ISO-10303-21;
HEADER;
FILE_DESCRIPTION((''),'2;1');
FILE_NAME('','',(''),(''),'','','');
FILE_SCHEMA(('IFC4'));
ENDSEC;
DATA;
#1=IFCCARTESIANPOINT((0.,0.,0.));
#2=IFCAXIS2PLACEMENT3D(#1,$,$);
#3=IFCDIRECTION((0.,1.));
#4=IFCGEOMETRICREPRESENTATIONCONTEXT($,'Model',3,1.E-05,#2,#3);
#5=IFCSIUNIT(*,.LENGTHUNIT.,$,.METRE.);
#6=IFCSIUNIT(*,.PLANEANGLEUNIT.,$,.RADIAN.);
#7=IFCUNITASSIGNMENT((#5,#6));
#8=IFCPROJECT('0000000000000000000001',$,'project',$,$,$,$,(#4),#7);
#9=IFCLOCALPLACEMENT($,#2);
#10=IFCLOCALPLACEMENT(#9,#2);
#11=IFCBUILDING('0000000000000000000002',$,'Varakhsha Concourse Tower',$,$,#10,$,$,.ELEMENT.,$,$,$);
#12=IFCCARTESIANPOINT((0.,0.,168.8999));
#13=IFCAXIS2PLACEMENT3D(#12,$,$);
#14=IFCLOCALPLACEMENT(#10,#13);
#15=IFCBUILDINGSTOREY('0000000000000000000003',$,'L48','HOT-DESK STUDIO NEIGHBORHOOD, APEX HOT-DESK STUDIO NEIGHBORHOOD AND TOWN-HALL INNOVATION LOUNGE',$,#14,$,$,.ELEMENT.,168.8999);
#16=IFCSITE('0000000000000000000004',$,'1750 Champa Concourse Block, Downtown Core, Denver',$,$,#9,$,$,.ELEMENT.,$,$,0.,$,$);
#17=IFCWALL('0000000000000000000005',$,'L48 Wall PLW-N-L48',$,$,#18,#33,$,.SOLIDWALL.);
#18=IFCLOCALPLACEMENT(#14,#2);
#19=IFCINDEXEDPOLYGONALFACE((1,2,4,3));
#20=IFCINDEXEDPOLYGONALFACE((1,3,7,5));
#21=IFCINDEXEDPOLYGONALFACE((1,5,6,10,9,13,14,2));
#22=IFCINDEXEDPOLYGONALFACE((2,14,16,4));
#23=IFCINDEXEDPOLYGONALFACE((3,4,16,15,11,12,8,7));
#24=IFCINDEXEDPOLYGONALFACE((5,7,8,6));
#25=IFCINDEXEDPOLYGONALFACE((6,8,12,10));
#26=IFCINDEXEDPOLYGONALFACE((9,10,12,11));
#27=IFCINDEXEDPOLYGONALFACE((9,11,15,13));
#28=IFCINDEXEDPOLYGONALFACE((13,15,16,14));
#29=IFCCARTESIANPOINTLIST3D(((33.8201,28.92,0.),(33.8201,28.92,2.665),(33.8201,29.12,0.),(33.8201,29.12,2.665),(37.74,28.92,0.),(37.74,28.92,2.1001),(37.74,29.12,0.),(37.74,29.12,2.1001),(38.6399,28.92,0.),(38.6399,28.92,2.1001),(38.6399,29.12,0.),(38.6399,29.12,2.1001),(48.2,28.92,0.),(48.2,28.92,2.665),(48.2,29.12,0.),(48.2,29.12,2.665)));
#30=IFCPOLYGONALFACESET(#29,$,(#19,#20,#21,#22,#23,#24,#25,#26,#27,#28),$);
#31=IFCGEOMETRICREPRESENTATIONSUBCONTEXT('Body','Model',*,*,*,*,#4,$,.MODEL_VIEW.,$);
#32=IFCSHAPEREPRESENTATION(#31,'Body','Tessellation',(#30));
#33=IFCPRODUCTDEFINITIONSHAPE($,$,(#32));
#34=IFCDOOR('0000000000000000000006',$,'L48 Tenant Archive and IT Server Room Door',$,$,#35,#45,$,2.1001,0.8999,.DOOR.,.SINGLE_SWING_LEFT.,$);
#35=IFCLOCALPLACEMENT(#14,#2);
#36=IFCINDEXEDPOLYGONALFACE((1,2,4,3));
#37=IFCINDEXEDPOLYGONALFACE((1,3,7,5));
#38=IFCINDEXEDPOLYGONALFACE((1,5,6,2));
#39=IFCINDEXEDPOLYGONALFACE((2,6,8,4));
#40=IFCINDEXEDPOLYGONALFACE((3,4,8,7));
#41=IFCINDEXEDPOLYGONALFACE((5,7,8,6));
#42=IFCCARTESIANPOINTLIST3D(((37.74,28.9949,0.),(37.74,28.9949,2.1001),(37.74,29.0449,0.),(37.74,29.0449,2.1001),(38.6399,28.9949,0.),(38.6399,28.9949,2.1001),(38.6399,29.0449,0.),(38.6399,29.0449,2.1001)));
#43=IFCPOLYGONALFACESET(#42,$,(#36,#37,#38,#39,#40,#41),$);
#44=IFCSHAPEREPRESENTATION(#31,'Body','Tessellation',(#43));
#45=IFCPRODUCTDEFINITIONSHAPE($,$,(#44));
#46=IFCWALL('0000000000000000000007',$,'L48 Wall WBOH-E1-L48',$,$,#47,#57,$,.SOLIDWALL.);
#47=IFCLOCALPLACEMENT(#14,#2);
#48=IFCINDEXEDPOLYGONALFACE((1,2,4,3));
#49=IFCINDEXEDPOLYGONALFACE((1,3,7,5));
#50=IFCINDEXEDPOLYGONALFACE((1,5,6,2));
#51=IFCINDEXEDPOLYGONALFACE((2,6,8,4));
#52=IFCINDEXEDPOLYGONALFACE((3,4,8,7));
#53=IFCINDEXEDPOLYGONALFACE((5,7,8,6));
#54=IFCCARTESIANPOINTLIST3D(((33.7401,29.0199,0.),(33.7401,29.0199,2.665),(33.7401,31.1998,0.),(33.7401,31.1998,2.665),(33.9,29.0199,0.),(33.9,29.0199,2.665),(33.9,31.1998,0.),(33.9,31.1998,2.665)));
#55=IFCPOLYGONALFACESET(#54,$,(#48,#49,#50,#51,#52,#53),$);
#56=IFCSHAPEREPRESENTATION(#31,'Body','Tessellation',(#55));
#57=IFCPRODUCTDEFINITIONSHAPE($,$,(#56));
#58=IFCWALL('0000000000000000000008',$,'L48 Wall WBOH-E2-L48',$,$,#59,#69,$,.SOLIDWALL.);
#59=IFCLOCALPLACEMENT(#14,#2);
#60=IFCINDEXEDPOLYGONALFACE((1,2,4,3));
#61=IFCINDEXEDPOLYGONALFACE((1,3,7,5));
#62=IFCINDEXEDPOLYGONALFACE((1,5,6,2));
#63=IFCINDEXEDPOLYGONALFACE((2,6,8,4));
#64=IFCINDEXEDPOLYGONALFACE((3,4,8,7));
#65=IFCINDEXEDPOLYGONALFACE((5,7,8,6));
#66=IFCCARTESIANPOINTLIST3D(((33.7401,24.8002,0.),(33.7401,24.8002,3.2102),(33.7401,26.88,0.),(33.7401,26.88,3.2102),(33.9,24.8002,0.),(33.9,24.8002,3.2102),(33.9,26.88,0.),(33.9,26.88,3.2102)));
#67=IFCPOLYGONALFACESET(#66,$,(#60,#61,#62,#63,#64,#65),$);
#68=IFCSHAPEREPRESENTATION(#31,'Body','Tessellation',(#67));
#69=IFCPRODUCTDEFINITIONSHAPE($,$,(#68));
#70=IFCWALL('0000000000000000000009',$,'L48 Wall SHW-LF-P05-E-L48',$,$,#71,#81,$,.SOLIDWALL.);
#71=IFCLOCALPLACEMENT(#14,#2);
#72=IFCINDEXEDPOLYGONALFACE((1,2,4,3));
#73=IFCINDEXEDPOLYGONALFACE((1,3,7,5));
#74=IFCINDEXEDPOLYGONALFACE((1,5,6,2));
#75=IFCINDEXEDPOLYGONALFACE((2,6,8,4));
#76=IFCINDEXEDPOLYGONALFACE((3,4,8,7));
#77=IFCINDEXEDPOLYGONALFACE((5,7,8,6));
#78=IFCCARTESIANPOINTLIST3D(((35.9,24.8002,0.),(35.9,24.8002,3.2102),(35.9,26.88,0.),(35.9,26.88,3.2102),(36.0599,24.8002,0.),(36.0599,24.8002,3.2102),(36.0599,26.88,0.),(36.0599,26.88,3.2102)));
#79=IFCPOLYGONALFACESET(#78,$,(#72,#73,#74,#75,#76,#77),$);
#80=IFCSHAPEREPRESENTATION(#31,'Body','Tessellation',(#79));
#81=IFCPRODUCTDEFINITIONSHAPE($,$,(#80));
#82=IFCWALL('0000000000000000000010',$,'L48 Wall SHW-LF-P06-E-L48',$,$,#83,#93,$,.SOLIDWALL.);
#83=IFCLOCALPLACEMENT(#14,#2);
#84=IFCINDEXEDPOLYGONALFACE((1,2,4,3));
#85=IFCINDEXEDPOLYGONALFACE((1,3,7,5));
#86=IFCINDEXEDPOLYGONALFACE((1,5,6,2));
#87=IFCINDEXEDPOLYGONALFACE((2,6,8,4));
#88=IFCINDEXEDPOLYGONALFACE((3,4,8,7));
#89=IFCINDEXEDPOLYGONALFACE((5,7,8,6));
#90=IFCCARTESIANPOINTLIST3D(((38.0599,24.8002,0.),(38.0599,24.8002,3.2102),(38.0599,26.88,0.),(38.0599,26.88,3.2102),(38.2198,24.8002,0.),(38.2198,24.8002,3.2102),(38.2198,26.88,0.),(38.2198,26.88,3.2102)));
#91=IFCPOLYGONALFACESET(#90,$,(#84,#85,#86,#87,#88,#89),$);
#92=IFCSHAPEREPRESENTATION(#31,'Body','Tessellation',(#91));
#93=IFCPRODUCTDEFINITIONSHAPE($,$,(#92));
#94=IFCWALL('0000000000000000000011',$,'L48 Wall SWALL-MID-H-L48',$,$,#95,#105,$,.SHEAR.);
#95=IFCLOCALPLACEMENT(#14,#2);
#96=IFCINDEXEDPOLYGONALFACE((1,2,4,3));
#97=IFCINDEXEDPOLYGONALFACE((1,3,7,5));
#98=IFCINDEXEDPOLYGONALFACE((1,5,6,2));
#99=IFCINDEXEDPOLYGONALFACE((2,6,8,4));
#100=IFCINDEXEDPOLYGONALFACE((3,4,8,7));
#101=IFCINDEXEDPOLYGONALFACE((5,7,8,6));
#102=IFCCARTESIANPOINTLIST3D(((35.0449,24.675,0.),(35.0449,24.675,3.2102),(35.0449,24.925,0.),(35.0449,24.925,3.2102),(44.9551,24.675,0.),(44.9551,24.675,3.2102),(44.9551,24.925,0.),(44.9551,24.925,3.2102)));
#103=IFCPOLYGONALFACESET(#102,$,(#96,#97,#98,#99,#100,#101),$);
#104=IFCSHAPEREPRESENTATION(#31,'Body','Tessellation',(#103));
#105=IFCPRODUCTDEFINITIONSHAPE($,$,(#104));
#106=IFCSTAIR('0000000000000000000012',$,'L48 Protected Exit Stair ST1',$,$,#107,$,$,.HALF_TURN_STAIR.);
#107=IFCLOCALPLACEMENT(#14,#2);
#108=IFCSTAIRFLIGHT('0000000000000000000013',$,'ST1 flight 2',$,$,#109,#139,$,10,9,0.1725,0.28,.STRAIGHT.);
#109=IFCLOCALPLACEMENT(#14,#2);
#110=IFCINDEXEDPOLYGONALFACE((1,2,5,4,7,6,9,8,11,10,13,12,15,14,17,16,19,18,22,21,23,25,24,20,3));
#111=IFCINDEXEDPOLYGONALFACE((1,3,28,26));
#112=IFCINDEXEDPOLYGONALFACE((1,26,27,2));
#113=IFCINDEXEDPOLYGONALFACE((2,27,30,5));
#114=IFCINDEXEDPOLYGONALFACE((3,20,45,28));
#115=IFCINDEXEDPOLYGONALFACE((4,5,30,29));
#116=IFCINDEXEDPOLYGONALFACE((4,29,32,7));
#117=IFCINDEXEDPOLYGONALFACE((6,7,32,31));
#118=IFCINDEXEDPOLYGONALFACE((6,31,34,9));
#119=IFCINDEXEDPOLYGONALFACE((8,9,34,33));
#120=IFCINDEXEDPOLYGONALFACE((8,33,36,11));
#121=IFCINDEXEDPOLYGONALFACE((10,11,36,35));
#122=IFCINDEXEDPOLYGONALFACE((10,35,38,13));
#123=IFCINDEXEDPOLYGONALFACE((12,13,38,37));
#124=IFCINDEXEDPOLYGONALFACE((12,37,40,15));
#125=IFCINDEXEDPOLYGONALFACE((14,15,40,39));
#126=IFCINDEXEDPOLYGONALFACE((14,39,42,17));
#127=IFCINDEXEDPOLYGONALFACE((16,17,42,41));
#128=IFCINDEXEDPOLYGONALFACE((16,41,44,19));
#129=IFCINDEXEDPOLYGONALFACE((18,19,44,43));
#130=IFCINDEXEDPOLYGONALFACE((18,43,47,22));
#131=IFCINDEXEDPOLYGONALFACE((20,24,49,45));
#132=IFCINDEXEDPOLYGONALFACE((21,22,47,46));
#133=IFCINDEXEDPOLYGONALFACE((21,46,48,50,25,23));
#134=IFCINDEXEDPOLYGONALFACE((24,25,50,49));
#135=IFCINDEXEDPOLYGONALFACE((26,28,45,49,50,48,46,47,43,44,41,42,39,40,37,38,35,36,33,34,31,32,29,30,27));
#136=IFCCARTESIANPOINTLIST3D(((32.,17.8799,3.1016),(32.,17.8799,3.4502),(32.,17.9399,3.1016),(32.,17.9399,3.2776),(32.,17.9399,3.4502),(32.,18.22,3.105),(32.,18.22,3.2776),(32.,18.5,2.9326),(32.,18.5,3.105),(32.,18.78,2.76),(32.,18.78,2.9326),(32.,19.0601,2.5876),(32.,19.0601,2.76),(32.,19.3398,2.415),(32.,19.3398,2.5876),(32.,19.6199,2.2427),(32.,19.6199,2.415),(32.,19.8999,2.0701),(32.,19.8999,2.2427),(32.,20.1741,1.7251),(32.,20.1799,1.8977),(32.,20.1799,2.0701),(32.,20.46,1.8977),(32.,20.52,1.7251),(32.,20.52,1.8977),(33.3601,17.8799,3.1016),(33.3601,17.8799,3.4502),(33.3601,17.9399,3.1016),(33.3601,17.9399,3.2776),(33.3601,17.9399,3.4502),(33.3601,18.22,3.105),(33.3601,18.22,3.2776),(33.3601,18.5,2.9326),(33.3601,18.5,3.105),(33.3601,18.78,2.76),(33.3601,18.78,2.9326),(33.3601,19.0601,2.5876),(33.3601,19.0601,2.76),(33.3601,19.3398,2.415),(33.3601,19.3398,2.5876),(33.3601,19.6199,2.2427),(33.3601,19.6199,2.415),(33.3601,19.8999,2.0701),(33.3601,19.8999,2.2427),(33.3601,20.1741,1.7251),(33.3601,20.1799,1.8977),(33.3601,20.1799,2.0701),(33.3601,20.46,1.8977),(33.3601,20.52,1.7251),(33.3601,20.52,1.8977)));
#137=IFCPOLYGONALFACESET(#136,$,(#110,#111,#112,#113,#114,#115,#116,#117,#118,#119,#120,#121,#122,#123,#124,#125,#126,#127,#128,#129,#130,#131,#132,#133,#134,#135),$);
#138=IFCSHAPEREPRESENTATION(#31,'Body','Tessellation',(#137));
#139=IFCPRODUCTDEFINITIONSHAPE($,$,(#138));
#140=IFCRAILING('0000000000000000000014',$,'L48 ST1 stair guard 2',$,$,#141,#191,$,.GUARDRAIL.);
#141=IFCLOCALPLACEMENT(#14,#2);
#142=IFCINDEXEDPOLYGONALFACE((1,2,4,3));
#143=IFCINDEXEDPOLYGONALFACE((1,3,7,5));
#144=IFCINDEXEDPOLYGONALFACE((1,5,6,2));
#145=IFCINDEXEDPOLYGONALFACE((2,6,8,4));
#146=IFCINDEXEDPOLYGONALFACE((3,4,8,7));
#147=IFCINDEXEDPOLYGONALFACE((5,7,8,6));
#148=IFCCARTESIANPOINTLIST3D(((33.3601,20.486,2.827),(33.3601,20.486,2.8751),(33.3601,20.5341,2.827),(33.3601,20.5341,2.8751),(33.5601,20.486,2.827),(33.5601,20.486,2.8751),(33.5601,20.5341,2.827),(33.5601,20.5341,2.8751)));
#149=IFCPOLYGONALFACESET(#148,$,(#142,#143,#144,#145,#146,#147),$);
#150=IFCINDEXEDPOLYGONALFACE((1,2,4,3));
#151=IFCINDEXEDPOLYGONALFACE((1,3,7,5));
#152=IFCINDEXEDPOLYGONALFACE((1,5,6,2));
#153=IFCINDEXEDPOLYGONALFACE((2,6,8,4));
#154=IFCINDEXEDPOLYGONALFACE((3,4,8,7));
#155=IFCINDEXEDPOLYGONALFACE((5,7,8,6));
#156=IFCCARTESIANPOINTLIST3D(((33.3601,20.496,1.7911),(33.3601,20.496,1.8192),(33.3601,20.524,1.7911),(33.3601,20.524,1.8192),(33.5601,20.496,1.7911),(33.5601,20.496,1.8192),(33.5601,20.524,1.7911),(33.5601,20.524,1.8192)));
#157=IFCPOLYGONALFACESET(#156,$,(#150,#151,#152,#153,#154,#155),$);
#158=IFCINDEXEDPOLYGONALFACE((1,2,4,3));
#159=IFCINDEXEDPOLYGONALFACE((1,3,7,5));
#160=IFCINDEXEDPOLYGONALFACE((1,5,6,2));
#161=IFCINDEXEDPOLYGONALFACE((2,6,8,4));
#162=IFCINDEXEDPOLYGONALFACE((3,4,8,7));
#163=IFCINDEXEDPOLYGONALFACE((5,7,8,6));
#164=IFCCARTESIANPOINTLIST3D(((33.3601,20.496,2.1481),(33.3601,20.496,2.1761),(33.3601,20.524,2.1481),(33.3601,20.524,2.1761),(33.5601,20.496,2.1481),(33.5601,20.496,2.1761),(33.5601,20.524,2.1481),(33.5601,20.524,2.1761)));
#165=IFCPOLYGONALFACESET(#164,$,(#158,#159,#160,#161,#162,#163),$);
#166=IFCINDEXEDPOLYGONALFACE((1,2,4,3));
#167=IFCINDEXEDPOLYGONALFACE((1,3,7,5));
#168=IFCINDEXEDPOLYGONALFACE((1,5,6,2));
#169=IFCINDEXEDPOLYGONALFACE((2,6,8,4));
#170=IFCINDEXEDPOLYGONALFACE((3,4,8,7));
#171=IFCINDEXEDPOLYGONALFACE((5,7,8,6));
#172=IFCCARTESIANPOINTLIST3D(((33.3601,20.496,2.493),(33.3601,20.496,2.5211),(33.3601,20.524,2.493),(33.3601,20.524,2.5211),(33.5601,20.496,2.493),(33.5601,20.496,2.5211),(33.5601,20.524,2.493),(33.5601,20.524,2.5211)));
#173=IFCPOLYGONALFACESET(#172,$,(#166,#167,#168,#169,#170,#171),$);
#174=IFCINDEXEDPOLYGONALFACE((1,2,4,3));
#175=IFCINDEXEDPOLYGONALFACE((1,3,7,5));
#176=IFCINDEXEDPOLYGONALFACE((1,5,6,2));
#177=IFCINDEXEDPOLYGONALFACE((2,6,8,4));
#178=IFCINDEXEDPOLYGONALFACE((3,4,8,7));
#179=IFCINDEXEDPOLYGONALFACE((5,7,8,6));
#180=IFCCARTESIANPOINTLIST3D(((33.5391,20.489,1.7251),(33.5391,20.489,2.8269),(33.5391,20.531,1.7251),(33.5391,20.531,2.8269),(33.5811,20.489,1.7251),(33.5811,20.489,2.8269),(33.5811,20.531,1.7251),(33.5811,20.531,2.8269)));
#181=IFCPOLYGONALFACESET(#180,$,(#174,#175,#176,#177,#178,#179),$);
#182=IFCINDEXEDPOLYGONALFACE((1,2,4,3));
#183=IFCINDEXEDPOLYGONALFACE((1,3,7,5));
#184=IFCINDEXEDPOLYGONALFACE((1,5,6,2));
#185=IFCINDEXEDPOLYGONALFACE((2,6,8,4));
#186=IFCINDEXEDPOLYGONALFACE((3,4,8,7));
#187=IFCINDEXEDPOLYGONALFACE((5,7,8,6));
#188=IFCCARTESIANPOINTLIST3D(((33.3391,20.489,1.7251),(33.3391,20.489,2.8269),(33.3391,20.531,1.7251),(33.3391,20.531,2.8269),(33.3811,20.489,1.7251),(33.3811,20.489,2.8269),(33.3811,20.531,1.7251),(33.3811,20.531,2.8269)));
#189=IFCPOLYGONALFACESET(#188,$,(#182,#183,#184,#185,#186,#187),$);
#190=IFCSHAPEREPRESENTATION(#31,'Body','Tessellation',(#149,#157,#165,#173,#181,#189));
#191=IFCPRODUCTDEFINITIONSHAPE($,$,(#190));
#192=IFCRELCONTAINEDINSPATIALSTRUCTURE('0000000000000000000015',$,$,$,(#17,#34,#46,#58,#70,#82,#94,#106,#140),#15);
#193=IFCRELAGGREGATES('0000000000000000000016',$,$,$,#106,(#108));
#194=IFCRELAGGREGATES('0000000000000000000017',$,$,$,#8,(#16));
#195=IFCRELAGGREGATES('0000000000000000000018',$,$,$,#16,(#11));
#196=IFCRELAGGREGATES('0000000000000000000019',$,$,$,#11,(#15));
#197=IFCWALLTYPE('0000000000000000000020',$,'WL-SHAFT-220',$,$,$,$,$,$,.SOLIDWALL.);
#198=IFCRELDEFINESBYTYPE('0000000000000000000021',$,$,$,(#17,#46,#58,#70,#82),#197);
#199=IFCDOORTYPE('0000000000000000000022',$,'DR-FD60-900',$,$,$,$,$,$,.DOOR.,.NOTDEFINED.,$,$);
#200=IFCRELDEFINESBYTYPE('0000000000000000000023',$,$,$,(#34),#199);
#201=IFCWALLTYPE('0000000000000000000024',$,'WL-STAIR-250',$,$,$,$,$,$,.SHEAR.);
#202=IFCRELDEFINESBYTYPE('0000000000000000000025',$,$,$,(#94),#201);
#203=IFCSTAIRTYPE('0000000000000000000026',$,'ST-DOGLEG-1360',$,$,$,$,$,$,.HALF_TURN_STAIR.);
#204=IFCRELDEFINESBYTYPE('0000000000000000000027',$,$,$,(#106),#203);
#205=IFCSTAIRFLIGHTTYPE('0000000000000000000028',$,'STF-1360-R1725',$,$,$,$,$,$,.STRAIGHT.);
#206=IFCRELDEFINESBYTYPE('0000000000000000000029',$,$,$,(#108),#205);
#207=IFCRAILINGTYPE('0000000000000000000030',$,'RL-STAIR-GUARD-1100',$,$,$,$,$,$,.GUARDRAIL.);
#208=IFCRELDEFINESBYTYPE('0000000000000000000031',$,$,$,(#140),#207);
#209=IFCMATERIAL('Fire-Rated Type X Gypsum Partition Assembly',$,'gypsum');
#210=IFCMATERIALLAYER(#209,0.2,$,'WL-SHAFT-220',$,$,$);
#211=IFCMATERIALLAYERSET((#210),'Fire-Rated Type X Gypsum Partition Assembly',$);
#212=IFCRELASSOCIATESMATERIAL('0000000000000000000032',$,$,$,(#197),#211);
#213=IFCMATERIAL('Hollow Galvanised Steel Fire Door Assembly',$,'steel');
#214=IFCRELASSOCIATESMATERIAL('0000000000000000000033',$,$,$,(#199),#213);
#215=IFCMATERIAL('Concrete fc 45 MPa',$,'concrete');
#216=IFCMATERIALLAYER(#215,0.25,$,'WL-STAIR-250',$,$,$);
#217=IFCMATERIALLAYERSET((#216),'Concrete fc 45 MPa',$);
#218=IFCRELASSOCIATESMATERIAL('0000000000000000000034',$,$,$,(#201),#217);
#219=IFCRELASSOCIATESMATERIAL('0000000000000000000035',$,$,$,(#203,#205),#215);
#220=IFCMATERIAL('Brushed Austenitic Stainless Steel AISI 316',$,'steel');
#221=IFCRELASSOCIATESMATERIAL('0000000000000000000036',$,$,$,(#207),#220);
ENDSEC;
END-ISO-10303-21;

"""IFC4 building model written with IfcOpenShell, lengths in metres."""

from ifc_helpers import new_model, si_unit, direction, frame, frame_2d, origin, origin_2d, place, context, subcontext, project, spatial, polyline, rectangle, outline, extrude, material, layer, layer_set, type_object, element, fill, aggregate, save


model = new_model("IFC4")

# Units and contexts
model_context = context("Model", 3, precision=1e-05, world=origin(), true_north=direction((0.0, 1.0)))
body_context = subcontext(model_context, "Body", "Model", "MODEL_VIEW")
ifc_project = project(units=[si_unit("LENGTHUNIT", "METRE"), si_unit("PLANEANGLEUNIT", "RADIAN")], contexts=[model_context])

# Site, building, storey
site_placement = place(None, origin())
site = spatial("IfcSite", under=ifc_project, at=site_placement, Name="1750 Champa Concourse Block, Downtown Core, Denver", CompositionType="ELEMENT", RefElevation=0.0)
building_placement = place(site_placement, origin())
building = spatial("IfcBuilding", under=site, at=building_placement, Name="Varakhsha Concourse Tower", CompositionType="ELEMENT")
storey_placement = place(building_placement, frame((0.0, 0.0, 168.8999)))
storey = spatial("IfcBuildingStorey", under=building, at=storey_placement, Name="L48", Description="HOT-DESK STUDIO NEIGHBORHOOD, APEX HOT-DESK STUDIO NEIGHBORHOOD AND TOWN-HALL INNOVATION LOUNGE", CompositionType="ELEMENT", Elevation=168.8999)

# Shared definitions
ifc_material_1 = material(Name="Fire-Rated Type X Gypsum Partition Assembly", Category="gypsum")
ifc_material_2 = material(Name="Hollow Galvanised Steel Fire Door Assembly", Category="steel")
ifc_layer_1 = layer(ifc_material_1, 0.2, Name="WL-SHAFT-220")
ifc_layer_set_1 = layer_set([ifc_layer_1], Name="Fire-Rated Type X Gypsum Partition Assembly")
wall_type_1 = type_object("IfcWallType", Name="WL-SHAFT-220", PredefinedType="SOLIDWALL", material=ifc_layer_set_1)
ifc_material_3 = material(Name="Brushed Austenitic Stainless Steel AISI 316", Category="steel")

# Wall, opening, door
wall_1_placement = place(storey_placement, frame((33.8201, 29.02, 0.0), z_axis=(0.0, 0.0, 1.0), x_axis=(1.0, 0.0, 0.0)))
wall_1 = element("IfcWall", 1, at=wall_1_placement, inside=storey, type_object=wall_type_1, Name="L48 Wall PLW-N-L48", PredefinedType="SOLIDWALL", context=body_context, shape_type="SweptSolid", body=[
    extrude(rectangle(XDim=14.3799, YDim=0.2, at=frame_2d((7.1899, 0.0))), origin(), (0.0, 0.0, 1.0), 2.665),
])
opening_1_placement = place(wall_1_placement, frame((3.9199, 0.0, 0.0)))
opening_1 = element("IfcOpeningElement", 2, at=opening_1_placement, cuts=wall_1, PredefinedType="OPENING", context=body_context, shape_type="SweptSolid", body=[
    extrude(rectangle(XDim=0.8999, YDim=2.1001, at=frame_2d((0.45, 1.05))), frame((0.0, 0.1099, 0.0), z_axis=(0.0, -1.0, 0.0), x_axis=(1.0, 0.0, 0.0)), (0.0, 0.0, 1.0), 0.22),
])
door_type_1 = type_object("IfcDoorType", Name="DR-FD60-900", OperationType="NOTDEFINED", PredefinedType="DOOR", material=ifc_material_2)
door_1_placement = place(opening_1_placement, origin())
door_1 = element("IfcDoor", 3, at=door_1_placement, inside=storey, type_object=door_type_1, Name="L48 Tenant Archive and IT Server Room Door", OperationType="SINGLE_SWING_LEFT", OverallHeight=2.1001, OverallWidth=0.8999, PredefinedType="DOOR", context=body_context, shape_type="SweptSolid", body=[
    extrude(rectangle(XDim=0.8999, YDim=2.1001, at=frame_2d((0.45, 1.05))), frame((0.0, 0.0249, 0.0), z_axis=(0.0, -1.0, 0.0), x_axis=(1.0, 0.0, 0.0)), (0.0, 0.0, 1.0), 0.05),
])
fill(opening_1, door_1)

# Walls
wall_2_placement = place(storey_placement, frame((33.8201, 29.02, 0.0), z_axis=(0.0, 0.0, 1.0), x_axis=(0.0, 1.0, 0.0)))
element("IfcWall", 4, at=wall_2_placement, inside=storey, type_object=wall_type_1, Name="L48 Wall WBOH-E1-L48", PredefinedType="SOLIDWALL", context=body_context, shape_type="SweptSolid", body=[
    extrude(rectangle(XDim=2.1799, YDim=0.1599, at=frame_2d((1.0898, 0.0))), origin(), (0.0, 0.0, 1.0), 2.665),
])
for number, where, z_axis, x_axis, name in (
    (5, (33.8201, 24.8, 0.0), (0.0, 0.0, 1.0), (0.0, 1.0, 0.0), "L48 Wall WBOH-E2-L48"),
    (6, (35.98, 24.8, 0.0), (0.0, 0.0, 1.0), (0.0, 1.0, 0.0), "L48 Wall SHW-LF-P05-E-L48"),
    (7, (38.1399, 24.8, 0.0), (0.0, 0.0, 1.0), (0.0, 1.0, 0.0), "L48 Wall SHW-LF-P06-E-L48"),
):
    element("IfcWall", number, at=place(storey_placement, frame(where, z_axis=z_axis, x_axis=x_axis)), inside=storey, type_object=wall_type_1, Name=name, PredefinedType="SOLIDWALL", context=body_context, shape_type="SweptSolid", body=[
        extrude(rectangle(XDim=2.0798, YDim=0.1599, at=frame_2d((1.04, 0.0))), origin(), (0.0, 0.0, 1.0), 3.2102),
    ])
ifc_material_4 = material(Name="Concrete fc 45 MPa", Category="concrete")
ifc_layer_2 = layer(ifc_material_4, 0.25, Name="WL-STAIR-250")
ifc_layer_set_2 = layer_set([ifc_layer_2], Name="Concrete fc 45 MPa")
wall_type_2 = type_object("IfcWallType", Name="WL-STAIR-250", PredefinedType="SHEAR", material=ifc_layer_set_2)
wall_3_placement = place(storey_placement, frame((35.0449, 24.8, 0.0), z_axis=(0.0, 0.0, 1.0), x_axis=(1.0, 0.0, 0.0)))
element("IfcWall", 8, at=wall_3_placement, inside=storey, type_object=wall_type_2, Name="L48 Wall SWALL-MID-H-L48", PredefinedType="SHEAR", context=body_context, shape_type="SweptSolid", body=[
    extrude(rectangle(XDim=9.9102, YDim=0.25, at=frame_2d((4.9551, 0.0))), origin(), (0.0, 0.0, 1.0), 3.2102),
])

# Stair, stair flight
stair_type = type_object("IfcStairType", Name="ST-DOGLEG-1360", PredefinedType="HALF_TURN_STAIR", material=ifc_material_4)
stair_placement = place(storey_placement, origin())
stair = element("IfcStair", 9, at=stair_placement, inside=storey, type_object=stair_type, Name="L48 Protected Exit Stair ST1", PredefinedType="HALF_TURN_STAIR")
stair_flight_type = type_object("IfcStairFlightType", Name="STF-1360-R1725", PredefinedType="STRAIGHT", material=ifc_material_4)
stair_flight_placement = place(storey_placement, frame((32.6799, 20.46, 1.7251), z_axis=(0.0, 0.0, 1.0), x_axis=(0.0, -1.0, 0.0)))
stair_flight = element("IfcStairFlight", 10, at=stair_flight_placement, type_object=stair_flight_type, Name="ST1 flight 2", NumberOfRisers=10, NumberOfTreads=9, PredefinedType="STRAIGHT", RiserHeight=0.1725, TreadLength=0.28, context=body_context, shape_type="SweptSolid", body=[
    extrude(outline(polyline([(-0.0601, 0.0), (-0.0601, 0.1726), (0.0, 0.1726), (0.28, 0.1726), (0.28, 0.345), (0.5601, 0.345), (0.5601, 0.5176), (0.8401, 0.5176), (0.8401, 0.6899), (1.1201, 0.6899), (1.1201, 0.8625), (1.3999, 0.8625), (1.3999, 1.0349), (1.6799, 1.0349), (1.6799, 1.2075), (1.96, 1.2075), (1.96, 1.3799), (2.24, 1.3799), (2.24, 1.5525), (2.52, 1.5525), (2.52, 1.7251), (2.5801, 1.7251), (2.5801, 1.3765), (2.52, 1.3765), (0.2859, 0.0), (-0.0601, 0.0)])), frame((0.0, 0.6802, 0.0), z_axis=(0.0, -1.0, 0.0), x_axis=(1.0, 0.0, 0.0)), (0.0, 0.0, 1.0), 1.3601),
])
aggregate(stair, [stair_flight])

# Railing
railing_type = type_object("IfcRailingType", Name="RL-STAIR-GUARD-1100", PredefinedType="GUARDRAIL", material=ifc_material_3)
railing_1_placement = place(storey_placement, frame((33.5601, 20.51, 1.7251)))
element("IfcRailing", 11, at=railing_1_placement, inside=storey, type_object=railing_type, Name="L48 ST1 stair guard 2", PredefinedType="GUARDRAIL", context=body_context, shape_type="SweptSolid", body=[
    extrude(rectangle(XDim=0.0481, YDim=0.0481, at=origin_2d()), frame((0.0, 0.0, 1.126), z_axis=(-1.0, 0.0, 0.0), x_axis=(0.0, -1.0, 0.0)), (0.0, 0.0, 1.0), 0.2),
    extrude(rectangle(XDim=0.0281, YDim=0.0281, at=origin_2d()), frame((0.0, 0.0, 0.0801), z_axis=(-1.0, 0.0, 0.0), x_axis=(0.0, -1.0, 0.0)), (0.0, 0.0, 1.0), 0.2),
    extrude(rectangle(XDim=0.0281, YDim=0.0281, at=origin_2d()), frame((0.0, 0.0, 0.437), z_axis=(-1.0, 0.0, 0.0), x_axis=(0.0, -1.0, 0.0)), (0.0, 0.0, 1.0), 0.2),
    extrude(rectangle(XDim=0.0281, YDim=0.0281, at=origin_2d()), frame((0.0, 0.0, 0.782), z_axis=(-1.0, 0.0, 0.0), x_axis=(0.0, -1.0, 0.0)), (0.0, 0.0, 1.0), 0.2),
    extrude(rectangle(XDim=0.042, YDim=0.042, at=origin_2d()), origin(), (0.0, 0.0, 1.0), 1.1018),
    extrude(rectangle(XDim=0.042, YDim=0.042, at=origin_2d()), frame((-0.2, 0.0, 0.0)), (0.0, 0.0, 1.0), 1.1018),
])

save(model, "model.ifc")
